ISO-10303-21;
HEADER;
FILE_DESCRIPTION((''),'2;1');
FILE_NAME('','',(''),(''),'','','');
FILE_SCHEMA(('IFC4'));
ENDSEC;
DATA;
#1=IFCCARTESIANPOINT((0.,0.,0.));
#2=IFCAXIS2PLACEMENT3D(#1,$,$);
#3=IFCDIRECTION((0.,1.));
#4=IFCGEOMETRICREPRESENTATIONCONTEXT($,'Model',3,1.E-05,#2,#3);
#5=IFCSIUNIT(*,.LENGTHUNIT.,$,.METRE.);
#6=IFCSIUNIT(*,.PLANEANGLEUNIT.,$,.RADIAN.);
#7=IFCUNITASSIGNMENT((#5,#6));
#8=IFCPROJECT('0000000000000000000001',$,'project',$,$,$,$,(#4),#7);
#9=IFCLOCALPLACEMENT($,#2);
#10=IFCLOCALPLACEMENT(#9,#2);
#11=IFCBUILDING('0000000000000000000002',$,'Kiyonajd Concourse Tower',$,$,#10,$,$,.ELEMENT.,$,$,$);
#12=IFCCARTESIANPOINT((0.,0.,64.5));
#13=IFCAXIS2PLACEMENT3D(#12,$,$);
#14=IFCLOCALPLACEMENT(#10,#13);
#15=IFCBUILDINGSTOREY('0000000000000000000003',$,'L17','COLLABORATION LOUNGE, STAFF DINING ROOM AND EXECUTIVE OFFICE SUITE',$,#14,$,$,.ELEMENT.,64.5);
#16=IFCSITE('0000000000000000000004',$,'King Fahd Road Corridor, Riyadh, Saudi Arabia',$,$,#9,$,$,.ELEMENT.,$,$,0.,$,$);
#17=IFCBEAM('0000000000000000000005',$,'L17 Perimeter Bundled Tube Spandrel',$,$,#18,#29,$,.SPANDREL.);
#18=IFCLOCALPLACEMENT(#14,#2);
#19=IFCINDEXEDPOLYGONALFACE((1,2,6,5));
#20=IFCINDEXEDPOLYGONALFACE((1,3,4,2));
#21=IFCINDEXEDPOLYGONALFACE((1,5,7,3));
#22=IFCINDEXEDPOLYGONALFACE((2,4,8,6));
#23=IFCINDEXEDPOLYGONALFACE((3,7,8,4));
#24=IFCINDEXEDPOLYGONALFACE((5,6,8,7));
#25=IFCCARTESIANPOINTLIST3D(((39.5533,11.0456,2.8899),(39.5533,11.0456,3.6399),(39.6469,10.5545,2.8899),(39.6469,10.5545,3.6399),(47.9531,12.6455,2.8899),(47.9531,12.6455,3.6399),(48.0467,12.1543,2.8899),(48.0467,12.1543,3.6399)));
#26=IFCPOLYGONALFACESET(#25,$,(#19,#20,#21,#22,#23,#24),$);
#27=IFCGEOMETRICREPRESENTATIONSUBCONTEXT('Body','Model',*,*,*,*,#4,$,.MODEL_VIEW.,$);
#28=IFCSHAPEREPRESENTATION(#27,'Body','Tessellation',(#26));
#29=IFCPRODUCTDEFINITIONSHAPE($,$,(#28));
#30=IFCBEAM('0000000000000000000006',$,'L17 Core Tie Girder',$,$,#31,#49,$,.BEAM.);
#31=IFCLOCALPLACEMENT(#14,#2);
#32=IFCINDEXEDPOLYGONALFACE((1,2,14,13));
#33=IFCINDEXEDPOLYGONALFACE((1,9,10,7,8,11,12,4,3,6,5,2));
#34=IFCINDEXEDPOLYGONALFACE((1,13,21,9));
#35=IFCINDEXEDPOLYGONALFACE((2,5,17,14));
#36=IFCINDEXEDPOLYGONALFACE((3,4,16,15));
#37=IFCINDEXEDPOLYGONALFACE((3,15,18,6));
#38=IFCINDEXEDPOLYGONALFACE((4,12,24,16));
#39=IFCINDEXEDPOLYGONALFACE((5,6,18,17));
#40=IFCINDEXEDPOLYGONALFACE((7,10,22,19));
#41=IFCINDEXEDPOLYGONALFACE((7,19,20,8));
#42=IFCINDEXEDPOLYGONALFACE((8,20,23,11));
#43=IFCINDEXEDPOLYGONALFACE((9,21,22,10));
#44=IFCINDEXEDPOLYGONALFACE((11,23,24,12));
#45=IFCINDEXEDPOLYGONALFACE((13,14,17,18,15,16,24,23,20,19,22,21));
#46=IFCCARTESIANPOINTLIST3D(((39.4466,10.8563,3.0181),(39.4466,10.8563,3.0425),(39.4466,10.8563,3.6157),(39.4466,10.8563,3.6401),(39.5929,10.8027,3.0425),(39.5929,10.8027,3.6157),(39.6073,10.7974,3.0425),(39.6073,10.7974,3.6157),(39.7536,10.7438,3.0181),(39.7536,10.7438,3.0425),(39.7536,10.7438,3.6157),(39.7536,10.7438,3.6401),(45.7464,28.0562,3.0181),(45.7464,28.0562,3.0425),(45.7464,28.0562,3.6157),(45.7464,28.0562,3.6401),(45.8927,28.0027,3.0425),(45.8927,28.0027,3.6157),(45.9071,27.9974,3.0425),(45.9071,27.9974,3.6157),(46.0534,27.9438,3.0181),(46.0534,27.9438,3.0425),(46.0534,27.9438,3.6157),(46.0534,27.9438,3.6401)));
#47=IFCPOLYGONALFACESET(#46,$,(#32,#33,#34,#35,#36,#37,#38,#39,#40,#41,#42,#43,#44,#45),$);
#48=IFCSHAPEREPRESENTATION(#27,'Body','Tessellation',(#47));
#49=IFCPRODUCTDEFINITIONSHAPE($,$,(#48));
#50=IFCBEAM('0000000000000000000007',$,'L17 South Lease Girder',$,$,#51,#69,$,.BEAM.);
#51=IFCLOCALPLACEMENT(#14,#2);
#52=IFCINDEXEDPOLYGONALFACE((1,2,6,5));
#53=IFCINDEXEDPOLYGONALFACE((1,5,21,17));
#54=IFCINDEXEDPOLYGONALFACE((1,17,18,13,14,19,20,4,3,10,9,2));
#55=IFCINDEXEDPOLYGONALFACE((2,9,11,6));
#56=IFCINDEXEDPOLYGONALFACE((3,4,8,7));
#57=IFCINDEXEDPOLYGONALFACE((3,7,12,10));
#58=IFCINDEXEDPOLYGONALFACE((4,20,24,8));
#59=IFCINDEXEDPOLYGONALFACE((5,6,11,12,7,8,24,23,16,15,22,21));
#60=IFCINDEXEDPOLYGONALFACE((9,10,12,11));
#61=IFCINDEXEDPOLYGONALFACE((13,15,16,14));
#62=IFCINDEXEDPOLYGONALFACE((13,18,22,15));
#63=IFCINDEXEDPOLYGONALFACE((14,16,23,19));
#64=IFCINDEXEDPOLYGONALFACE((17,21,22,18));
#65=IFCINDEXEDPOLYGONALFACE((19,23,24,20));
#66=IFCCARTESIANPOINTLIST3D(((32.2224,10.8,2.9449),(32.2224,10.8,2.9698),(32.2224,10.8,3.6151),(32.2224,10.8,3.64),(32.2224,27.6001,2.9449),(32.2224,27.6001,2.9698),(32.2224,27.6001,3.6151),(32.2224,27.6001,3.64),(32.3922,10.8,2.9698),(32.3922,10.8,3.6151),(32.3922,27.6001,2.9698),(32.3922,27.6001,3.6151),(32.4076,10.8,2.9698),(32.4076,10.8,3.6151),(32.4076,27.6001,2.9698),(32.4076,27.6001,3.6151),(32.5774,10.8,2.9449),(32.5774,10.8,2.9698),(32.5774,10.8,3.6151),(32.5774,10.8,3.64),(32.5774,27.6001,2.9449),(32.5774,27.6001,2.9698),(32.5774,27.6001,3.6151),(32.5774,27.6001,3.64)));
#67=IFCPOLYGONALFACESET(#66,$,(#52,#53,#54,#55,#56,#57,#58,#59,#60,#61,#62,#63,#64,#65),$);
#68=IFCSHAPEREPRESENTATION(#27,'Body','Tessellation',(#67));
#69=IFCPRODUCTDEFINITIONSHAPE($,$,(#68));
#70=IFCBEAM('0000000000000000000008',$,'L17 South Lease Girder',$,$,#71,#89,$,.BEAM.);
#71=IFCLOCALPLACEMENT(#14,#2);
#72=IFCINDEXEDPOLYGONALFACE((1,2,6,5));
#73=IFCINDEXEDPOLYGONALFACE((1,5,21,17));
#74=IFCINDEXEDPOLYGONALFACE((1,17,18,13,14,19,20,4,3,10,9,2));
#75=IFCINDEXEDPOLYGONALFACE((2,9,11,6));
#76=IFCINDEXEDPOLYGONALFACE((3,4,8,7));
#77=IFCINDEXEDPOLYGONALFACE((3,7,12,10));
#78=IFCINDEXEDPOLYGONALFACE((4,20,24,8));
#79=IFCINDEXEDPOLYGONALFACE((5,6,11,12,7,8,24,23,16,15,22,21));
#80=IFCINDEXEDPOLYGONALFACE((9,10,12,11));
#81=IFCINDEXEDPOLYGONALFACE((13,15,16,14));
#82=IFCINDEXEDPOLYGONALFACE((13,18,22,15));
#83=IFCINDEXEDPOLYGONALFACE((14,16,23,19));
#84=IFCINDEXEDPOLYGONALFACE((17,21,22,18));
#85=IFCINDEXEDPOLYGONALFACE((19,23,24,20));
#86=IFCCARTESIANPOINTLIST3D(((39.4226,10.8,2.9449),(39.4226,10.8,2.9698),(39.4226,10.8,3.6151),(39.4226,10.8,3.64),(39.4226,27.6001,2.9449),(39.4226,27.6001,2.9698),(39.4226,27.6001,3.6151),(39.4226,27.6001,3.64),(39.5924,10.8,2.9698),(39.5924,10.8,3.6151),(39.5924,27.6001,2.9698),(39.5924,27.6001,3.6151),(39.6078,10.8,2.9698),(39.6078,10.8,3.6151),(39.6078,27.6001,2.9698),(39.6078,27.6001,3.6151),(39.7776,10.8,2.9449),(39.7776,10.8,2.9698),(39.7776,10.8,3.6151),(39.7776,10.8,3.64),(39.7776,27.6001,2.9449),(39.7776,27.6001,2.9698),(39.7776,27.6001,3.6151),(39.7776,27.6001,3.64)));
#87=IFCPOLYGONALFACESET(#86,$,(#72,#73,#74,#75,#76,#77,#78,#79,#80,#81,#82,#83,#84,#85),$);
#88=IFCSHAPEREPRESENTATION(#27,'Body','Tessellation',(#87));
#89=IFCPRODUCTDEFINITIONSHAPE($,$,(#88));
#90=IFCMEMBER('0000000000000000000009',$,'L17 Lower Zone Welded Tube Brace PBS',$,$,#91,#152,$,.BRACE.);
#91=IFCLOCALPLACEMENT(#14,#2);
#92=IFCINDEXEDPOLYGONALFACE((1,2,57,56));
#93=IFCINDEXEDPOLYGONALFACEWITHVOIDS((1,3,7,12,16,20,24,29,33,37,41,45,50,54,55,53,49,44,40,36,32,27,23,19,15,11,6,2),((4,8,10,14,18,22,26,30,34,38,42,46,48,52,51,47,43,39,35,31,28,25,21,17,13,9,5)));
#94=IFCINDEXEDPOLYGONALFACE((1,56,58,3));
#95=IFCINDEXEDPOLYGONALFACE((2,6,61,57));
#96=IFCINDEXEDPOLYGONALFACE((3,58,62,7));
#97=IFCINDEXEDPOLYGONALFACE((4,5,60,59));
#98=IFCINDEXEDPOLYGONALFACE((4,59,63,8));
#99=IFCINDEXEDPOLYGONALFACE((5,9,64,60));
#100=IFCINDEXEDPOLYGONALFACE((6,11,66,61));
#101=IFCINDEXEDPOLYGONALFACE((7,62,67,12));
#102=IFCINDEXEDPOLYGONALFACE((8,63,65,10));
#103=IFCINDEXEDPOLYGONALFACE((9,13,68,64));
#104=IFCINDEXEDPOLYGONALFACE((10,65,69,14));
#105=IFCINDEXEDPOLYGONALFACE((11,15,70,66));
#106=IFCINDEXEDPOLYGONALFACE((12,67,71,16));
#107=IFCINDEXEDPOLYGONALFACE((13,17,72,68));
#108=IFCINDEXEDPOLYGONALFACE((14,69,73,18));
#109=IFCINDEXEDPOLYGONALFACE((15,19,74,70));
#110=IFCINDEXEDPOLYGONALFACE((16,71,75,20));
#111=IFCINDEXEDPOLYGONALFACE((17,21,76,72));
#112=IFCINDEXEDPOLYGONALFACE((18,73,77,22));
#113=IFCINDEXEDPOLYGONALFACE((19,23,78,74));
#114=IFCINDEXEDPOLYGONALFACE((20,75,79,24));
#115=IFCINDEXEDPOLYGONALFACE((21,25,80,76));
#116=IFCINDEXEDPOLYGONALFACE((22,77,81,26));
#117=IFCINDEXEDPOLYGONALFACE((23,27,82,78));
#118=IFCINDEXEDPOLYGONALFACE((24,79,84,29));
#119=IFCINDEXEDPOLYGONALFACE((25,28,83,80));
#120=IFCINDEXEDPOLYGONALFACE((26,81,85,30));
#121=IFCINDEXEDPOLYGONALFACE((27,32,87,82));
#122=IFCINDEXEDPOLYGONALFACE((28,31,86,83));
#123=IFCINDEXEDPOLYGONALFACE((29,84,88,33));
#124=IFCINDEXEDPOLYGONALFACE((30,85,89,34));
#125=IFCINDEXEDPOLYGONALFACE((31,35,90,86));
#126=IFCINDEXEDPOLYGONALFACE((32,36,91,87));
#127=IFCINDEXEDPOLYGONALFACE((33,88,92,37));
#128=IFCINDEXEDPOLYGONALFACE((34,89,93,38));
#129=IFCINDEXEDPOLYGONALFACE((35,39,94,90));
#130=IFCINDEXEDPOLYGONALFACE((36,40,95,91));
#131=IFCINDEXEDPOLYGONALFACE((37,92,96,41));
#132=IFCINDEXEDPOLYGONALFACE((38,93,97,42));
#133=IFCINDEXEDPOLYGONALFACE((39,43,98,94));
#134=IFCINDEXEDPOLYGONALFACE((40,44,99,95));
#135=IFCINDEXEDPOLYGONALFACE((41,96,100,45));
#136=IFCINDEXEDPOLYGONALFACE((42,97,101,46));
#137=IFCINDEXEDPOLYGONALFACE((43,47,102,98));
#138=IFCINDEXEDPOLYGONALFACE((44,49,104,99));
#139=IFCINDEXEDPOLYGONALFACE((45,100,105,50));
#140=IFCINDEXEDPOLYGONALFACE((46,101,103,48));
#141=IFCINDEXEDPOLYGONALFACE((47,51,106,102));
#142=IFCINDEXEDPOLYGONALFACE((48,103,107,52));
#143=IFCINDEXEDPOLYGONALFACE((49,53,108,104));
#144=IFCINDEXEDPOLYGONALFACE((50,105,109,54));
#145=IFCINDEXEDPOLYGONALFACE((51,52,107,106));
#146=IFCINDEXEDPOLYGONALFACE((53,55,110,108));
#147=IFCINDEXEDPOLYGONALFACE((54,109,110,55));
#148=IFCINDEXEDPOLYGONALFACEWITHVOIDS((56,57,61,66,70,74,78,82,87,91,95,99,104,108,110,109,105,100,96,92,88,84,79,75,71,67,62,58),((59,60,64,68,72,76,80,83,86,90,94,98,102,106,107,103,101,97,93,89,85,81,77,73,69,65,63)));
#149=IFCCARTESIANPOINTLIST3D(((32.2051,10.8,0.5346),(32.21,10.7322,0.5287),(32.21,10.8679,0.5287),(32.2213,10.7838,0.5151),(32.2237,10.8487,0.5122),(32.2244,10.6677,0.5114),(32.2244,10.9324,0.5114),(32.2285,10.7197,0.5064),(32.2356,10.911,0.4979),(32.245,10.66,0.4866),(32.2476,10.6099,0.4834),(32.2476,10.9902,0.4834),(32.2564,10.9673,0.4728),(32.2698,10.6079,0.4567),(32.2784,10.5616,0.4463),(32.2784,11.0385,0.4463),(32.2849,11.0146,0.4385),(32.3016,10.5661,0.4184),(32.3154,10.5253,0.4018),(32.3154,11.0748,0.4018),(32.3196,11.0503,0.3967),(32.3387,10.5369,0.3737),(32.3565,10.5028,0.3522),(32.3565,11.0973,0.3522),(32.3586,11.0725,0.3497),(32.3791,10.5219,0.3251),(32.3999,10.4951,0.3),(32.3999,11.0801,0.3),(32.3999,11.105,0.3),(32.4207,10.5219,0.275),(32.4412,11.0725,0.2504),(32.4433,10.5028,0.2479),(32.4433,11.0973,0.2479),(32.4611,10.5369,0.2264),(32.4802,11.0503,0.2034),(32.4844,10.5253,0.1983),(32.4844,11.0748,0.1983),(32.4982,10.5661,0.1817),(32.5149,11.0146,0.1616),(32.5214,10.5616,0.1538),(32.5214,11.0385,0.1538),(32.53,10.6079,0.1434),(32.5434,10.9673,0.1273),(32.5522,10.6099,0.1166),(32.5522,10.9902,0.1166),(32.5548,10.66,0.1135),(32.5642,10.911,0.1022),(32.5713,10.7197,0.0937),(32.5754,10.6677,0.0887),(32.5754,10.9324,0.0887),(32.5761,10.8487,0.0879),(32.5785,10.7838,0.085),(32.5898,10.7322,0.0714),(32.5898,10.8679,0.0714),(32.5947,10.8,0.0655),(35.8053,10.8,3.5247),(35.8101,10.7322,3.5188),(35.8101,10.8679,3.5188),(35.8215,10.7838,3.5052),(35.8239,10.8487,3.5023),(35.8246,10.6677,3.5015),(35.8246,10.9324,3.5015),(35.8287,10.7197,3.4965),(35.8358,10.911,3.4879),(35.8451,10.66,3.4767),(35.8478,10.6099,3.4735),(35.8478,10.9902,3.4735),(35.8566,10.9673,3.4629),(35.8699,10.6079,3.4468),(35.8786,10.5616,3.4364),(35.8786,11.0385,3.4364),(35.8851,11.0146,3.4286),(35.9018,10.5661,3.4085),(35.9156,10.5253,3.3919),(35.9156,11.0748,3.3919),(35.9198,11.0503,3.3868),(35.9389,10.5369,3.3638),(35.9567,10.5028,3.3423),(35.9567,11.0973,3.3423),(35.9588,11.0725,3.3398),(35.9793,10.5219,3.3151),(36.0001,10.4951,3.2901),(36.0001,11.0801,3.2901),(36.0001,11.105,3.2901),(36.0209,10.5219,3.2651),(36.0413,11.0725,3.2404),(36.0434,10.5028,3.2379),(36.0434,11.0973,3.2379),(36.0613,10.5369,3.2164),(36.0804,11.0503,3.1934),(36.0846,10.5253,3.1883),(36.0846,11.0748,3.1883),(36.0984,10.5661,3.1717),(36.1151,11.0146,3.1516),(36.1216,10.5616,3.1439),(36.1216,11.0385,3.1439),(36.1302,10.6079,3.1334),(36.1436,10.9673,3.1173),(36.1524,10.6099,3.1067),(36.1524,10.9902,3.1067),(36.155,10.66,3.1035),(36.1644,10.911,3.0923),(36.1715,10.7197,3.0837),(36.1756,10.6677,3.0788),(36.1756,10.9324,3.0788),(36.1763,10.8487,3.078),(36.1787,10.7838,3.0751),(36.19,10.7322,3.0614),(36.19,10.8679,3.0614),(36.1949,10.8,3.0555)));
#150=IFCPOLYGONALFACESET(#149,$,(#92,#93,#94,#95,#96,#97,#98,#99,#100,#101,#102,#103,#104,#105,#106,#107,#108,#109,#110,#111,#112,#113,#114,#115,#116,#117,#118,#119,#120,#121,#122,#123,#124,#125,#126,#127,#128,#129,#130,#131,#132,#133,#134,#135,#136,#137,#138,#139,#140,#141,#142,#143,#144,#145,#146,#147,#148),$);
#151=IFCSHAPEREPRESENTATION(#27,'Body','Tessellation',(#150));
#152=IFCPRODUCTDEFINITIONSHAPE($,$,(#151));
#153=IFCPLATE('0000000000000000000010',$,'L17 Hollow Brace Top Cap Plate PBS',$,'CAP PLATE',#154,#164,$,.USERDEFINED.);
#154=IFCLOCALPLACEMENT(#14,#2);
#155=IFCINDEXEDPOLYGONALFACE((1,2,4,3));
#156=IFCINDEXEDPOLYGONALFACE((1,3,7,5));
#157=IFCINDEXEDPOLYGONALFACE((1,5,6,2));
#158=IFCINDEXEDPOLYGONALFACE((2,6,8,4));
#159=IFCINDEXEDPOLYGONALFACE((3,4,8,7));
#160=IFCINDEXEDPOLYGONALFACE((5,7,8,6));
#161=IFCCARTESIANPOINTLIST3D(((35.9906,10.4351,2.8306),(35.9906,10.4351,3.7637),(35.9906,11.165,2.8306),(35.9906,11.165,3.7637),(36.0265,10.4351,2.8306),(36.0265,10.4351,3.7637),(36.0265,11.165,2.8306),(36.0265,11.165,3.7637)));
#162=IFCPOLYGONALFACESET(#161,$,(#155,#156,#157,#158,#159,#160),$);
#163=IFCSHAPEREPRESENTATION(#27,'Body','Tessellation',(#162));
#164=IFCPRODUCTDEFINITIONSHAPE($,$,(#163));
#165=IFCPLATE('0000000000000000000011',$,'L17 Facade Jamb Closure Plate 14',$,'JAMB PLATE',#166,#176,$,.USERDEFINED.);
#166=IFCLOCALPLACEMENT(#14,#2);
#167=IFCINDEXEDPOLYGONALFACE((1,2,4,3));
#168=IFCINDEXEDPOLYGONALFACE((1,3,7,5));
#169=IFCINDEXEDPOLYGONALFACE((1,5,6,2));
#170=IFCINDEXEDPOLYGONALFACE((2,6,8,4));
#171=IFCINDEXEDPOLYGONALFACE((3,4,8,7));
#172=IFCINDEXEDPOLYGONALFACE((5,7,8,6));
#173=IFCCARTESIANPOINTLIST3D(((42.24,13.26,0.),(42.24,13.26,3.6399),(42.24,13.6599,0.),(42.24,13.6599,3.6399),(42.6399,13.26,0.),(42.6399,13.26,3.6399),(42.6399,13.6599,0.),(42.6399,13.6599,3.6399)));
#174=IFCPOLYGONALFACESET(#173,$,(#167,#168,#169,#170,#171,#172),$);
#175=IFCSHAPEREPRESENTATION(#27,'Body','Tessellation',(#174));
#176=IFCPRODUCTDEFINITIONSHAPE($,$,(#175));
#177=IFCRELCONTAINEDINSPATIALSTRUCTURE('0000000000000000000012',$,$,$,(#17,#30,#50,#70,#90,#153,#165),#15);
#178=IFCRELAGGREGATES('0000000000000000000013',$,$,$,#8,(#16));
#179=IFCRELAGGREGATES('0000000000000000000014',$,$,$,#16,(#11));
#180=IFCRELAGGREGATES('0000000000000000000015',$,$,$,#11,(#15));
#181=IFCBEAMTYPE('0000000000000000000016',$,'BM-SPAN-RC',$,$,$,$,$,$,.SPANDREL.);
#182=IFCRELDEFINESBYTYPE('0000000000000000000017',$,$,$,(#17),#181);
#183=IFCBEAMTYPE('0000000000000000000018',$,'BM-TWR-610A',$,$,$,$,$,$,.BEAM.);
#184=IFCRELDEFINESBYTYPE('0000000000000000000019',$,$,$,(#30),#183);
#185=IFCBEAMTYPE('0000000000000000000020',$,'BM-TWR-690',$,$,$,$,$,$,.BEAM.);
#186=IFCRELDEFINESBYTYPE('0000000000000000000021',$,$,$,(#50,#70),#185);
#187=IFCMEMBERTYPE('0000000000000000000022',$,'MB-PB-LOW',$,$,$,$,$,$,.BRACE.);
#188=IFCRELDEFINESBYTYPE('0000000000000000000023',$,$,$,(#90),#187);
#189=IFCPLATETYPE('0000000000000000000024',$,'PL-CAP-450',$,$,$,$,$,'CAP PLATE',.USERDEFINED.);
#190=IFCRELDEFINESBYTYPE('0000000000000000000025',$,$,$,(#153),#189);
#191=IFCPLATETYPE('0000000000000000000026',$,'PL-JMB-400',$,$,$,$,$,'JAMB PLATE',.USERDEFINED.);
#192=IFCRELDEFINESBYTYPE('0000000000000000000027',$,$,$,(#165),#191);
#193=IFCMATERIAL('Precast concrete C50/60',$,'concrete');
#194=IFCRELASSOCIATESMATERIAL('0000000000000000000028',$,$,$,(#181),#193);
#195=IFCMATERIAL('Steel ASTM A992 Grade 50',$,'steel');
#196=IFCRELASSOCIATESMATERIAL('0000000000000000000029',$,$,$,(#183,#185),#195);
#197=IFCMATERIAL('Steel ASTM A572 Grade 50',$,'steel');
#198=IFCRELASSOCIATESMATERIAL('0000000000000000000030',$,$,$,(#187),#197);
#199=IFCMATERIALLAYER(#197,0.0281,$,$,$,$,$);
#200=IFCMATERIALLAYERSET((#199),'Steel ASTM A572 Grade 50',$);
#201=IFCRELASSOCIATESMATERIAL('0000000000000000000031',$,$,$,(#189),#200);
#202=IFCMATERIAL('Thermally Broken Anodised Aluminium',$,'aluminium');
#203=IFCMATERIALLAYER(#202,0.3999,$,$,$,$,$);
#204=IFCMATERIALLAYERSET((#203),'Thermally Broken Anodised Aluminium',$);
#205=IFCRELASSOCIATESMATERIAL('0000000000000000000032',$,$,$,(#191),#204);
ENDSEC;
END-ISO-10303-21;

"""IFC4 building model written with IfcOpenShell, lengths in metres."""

from ifc_helpers import new_model, si_unit, direction, frame, origin, origin_2d, place, context, subcontext, project, spatial, rectangle, hollow_circle, i_section, extrude, material, layer, layer_set, material_profile, profile_set, type_object, element, save


model = new_model("IFC4")

# Units and contexts
model_context = context("Model", 3, precision=1e-05, world=origin(), true_north=direction((0.0, 1.0)))
body_context = subcontext(model_context, "Body", "Model", "MODEL_VIEW")
ifc_project = project(units=[si_unit("LENGTHUNIT", "METRE"), si_unit("PLANEANGLEUNIT", "RADIAN")], contexts=[model_context])

# Site, building, storey
site_placement = place(None, origin())
site = spatial("IfcSite", under=ifc_project, at=site_placement, Name="King Fahd Road Corridor, Riyadh, Saudi Arabia", CompositionType="ELEMENT", RefElevation=0.0)
building_placement = place(site_placement, origin())
building = spatial("IfcBuilding", under=site, at=building_placement, Name="Kiyonajd Concourse Tower", CompositionType="ELEMENT")
storey_placement = place(building_placement, frame((0.0, 0.0, 64.5)))
storey = spatial("IfcBuildingStorey", under=building, at=storey_placement, Name="L17", Description="COLLABORATION LOUNGE, STAFF DINING ROOM AND EXECUTIVE OFFICE SUITE", CompositionType="ELEMENT", Elevation=64.5)

# Beams
ifc_material_1 = material(Name="Steel ASTM A992 Grade 50", Category="steel")
ifc_material_2 = material(Name="Precast concrete C50/60", Category="concrete")
ifc_material_profile_1 = material_profile(ifc_material_2, rectangle(XDim=0.5, YDim=0.75, at=origin_2d()), Name="RCBM-500x750")
ifc_profile_set_1 = profile_set([ifc_material_profile_1], Name="Precast concrete C50/60")
beam_type_1 = type_object("IfcBeamType", Name="BM-SPAN-RC", PredefinedType="SPANDREL", material=ifc_profile_set_1)
beam_1_placement = place(storey_placement, frame((39.6001, 10.8, 3.2649), z_axis=(0.982341, 0.187098, 0.0), x_axis=(-0.187098, 0.982341, 0.0)))
element("IfcBeam", 1, at=beam_1_placement, inside=storey, type_object=beam_type_1, Name="L17 Perimeter Bundled Tube Spandrel", PredefinedType="SPANDREL", context=body_context, shape_type="SweptSolid", body=[
    extrude(rectangle(XDim=0.5, YDim=0.75, at=origin_2d()), origin(), (0.0, 0.0, 1.0), 8.5508),
])
ifc_material_profile_2 = material_profile(ifc_material_1, i_section(OverallWidth=0.3269, OverallDepth=0.6221, WebThickness=0.0154, FlangeThickness=0.0244, at=origin_2d()), Name="W610X195")
ifc_profile_set_2 = profile_set([ifc_material_profile_2], Name="Steel ASTM A992 Grade 50")
beam_type_2 = type_object("IfcBeamType", Name="BM-TWR-610A", PredefinedType="BEAM", material=ifc_profile_set_2)
beam_2_placement = place(storey_placement, frame((39.6001, 10.8, 3.3291), z_axis=(0.343925, 0.938997, 0.0), x_axis=(-0.938997, 0.343925, 0.0)))
element("IfcBeam", 2, at=beam_2_placement, inside=storey, type_object=beam_type_2, Name="L17 Core Tie Girder", PredefinedType="BEAM", context=body_context, shape_type="SweptSolid", body=[
    extrude(i_section(OverallWidth=0.3269, OverallDepth=0.6221, WebThickness=0.0154, FlangeThickness=0.0244, at=origin_2d()), origin(), (0.0, 0.0, 1.0), 18.3174),
])
ifc_material_profile_3 = material_profile(ifc_material_1, i_section(OverallWidth=0.355, OverallDepth=0.6951, WebThickness=0.0154, FlangeThickness=0.0249, at=origin_2d()), Name="W690X217")
ifc_profile_set_3 = profile_set([ifc_material_profile_3], Name="Steel ASTM A992 Grade 50")
beam_type_3 = type_object("IfcBeamType", Name="BM-TWR-690", PredefinedType="BEAM", material=ifc_profile_set_3)
for number, where, z_axis, x_axis, name in (
    (3, (32.3999, 10.8, 3.2925), (0.0, 1.0, 0.0), (-1.0, 0.0, 0.0), "L17 South Lease Girder"),
    (4, (39.6001, 10.8, 3.2925), (0.0, 1.0, 0.0), (-1.0, 0.0, 0.0), "L17 South Lease Girder"),
):
    element("IfcBeam", number, at=place(storey_placement, frame(where, z_axis=z_axis, x_axis=x_axis)), inside=storey, type_object=beam_type_3, Name=name, PredefinedType="BEAM", context=body_context, shape_type="SweptSolid", body=[
        extrude(i_section(OverallWidth=0.355, OverallDepth=0.6951, WebThickness=0.0154, FlangeThickness=0.0249, at=origin_2d()), origin(), (0.0, 0.0, 1.0), 16.8),
    ])

# Member
ifc_material_3 = material(Name="Steel ASTM A572 Grade 50", Category="steel")
ifc_material_profile_4 = material_profile(ifc_material_3, hollow_circle(Radius=0.3049, WallThickness=0.0249, at=origin_2d()), Name="CHS-610x25")
ifc_profile_set_4 = profile_set([ifc_material_profile_4], Name="Steel ASTM A572 Grade 50")
member_type = type_object("IfcMemberType", Name="MB-PB-LOW", PredefinedType="BRACE", material=ifc_profile_set_4)
member_placement = place(storey_placement, frame((32.3999, 10.8, 0.3), z_axis=(0.769281, 0.0, 0.638911), x_axis=(0.0, 1.0, 0.0)))
element("IfcMember", 5, at=member_placement, inside=storey, type_object=member_type, Name="L17 Lower Zone Welded Tube Brace PBS", PredefinedType="BRACE", context=body_context, shape_type="SweptSolid", body=[
    extrude(hollow_circle(Radius=0.3049, WallThickness=0.0249, at=origin_2d()), origin(), (0.0, 0.0, 1.0), 4.6799),
])

# Plates
ifc_layer_1 = layer(ifc_material_3, 0.0281)
ifc_layer_set_1 = layer_set([ifc_layer_1], Name="Steel ASTM A572 Grade 50")
plate_type_1 = type_object("IfcPlateType", Name="PL-CAP-450", ElementType="CAP PLATE", PredefinedType="USERDEFINED", material=ifc_layer_set_1)
plate_1_placement = place(storey_placement, frame((36.0085, 10.8, 2.8306), z_axis=(0.0, 0.0, 1.0), x_axis=(1.0, 0.0, 0.0)))
element("IfcPlate", 6, at=plate_1_placement, inside=storey, type_object=plate_type_1, Name="L17 Hollow Brace Top Cap Plate PBS", ObjectType="CAP PLATE", PredefinedType="USERDEFINED", context=body_context, shape_type="SweptSolid", body=[
    extrude(rectangle(XDim=0.0359, YDim=0.73, at=origin_2d()), origin(), (0.0, 0.0, 1.0), 0.9331),
])
ifc_material_4 = material(Name="Thermally Broken Anodised Aluminium", Category="aluminium")
ifc_layer_2 = layer(ifc_material_4, 0.3999)
ifc_layer_set_2 = layer_set([ifc_layer_2], Name="Thermally Broken Anodised Aluminium")
plate_type_2 = type_object("IfcPlateType", Name="PL-JMB-400", ElementType="JAMB PLATE", PredefinedType="USERDEFINED", material=ifc_layer_set_2)
plate_2_placement = place(storey_placement, frame((42.4399, 13.46, 0.0), z_axis=(0.0, 0.0, 1.0), x_axis=(1.0, 0.0, 0.0)))
element("IfcPlate", 7, at=plate_2_placement, inside=storey, type_object=plate_type_2, Name="L17 Facade Jamb Closure Plate 14", ObjectType="JAMB PLATE", PredefinedType="USERDEFINED", context=body_context, shape_type="SweptSolid", body=[
    extrude(rectangle(XDim=0.3999, YDim=0.3999, at=origin_2d()), origin(), (0.0, 0.0, 1.0), 3.6399),
])

save(model, "model.ifc")
